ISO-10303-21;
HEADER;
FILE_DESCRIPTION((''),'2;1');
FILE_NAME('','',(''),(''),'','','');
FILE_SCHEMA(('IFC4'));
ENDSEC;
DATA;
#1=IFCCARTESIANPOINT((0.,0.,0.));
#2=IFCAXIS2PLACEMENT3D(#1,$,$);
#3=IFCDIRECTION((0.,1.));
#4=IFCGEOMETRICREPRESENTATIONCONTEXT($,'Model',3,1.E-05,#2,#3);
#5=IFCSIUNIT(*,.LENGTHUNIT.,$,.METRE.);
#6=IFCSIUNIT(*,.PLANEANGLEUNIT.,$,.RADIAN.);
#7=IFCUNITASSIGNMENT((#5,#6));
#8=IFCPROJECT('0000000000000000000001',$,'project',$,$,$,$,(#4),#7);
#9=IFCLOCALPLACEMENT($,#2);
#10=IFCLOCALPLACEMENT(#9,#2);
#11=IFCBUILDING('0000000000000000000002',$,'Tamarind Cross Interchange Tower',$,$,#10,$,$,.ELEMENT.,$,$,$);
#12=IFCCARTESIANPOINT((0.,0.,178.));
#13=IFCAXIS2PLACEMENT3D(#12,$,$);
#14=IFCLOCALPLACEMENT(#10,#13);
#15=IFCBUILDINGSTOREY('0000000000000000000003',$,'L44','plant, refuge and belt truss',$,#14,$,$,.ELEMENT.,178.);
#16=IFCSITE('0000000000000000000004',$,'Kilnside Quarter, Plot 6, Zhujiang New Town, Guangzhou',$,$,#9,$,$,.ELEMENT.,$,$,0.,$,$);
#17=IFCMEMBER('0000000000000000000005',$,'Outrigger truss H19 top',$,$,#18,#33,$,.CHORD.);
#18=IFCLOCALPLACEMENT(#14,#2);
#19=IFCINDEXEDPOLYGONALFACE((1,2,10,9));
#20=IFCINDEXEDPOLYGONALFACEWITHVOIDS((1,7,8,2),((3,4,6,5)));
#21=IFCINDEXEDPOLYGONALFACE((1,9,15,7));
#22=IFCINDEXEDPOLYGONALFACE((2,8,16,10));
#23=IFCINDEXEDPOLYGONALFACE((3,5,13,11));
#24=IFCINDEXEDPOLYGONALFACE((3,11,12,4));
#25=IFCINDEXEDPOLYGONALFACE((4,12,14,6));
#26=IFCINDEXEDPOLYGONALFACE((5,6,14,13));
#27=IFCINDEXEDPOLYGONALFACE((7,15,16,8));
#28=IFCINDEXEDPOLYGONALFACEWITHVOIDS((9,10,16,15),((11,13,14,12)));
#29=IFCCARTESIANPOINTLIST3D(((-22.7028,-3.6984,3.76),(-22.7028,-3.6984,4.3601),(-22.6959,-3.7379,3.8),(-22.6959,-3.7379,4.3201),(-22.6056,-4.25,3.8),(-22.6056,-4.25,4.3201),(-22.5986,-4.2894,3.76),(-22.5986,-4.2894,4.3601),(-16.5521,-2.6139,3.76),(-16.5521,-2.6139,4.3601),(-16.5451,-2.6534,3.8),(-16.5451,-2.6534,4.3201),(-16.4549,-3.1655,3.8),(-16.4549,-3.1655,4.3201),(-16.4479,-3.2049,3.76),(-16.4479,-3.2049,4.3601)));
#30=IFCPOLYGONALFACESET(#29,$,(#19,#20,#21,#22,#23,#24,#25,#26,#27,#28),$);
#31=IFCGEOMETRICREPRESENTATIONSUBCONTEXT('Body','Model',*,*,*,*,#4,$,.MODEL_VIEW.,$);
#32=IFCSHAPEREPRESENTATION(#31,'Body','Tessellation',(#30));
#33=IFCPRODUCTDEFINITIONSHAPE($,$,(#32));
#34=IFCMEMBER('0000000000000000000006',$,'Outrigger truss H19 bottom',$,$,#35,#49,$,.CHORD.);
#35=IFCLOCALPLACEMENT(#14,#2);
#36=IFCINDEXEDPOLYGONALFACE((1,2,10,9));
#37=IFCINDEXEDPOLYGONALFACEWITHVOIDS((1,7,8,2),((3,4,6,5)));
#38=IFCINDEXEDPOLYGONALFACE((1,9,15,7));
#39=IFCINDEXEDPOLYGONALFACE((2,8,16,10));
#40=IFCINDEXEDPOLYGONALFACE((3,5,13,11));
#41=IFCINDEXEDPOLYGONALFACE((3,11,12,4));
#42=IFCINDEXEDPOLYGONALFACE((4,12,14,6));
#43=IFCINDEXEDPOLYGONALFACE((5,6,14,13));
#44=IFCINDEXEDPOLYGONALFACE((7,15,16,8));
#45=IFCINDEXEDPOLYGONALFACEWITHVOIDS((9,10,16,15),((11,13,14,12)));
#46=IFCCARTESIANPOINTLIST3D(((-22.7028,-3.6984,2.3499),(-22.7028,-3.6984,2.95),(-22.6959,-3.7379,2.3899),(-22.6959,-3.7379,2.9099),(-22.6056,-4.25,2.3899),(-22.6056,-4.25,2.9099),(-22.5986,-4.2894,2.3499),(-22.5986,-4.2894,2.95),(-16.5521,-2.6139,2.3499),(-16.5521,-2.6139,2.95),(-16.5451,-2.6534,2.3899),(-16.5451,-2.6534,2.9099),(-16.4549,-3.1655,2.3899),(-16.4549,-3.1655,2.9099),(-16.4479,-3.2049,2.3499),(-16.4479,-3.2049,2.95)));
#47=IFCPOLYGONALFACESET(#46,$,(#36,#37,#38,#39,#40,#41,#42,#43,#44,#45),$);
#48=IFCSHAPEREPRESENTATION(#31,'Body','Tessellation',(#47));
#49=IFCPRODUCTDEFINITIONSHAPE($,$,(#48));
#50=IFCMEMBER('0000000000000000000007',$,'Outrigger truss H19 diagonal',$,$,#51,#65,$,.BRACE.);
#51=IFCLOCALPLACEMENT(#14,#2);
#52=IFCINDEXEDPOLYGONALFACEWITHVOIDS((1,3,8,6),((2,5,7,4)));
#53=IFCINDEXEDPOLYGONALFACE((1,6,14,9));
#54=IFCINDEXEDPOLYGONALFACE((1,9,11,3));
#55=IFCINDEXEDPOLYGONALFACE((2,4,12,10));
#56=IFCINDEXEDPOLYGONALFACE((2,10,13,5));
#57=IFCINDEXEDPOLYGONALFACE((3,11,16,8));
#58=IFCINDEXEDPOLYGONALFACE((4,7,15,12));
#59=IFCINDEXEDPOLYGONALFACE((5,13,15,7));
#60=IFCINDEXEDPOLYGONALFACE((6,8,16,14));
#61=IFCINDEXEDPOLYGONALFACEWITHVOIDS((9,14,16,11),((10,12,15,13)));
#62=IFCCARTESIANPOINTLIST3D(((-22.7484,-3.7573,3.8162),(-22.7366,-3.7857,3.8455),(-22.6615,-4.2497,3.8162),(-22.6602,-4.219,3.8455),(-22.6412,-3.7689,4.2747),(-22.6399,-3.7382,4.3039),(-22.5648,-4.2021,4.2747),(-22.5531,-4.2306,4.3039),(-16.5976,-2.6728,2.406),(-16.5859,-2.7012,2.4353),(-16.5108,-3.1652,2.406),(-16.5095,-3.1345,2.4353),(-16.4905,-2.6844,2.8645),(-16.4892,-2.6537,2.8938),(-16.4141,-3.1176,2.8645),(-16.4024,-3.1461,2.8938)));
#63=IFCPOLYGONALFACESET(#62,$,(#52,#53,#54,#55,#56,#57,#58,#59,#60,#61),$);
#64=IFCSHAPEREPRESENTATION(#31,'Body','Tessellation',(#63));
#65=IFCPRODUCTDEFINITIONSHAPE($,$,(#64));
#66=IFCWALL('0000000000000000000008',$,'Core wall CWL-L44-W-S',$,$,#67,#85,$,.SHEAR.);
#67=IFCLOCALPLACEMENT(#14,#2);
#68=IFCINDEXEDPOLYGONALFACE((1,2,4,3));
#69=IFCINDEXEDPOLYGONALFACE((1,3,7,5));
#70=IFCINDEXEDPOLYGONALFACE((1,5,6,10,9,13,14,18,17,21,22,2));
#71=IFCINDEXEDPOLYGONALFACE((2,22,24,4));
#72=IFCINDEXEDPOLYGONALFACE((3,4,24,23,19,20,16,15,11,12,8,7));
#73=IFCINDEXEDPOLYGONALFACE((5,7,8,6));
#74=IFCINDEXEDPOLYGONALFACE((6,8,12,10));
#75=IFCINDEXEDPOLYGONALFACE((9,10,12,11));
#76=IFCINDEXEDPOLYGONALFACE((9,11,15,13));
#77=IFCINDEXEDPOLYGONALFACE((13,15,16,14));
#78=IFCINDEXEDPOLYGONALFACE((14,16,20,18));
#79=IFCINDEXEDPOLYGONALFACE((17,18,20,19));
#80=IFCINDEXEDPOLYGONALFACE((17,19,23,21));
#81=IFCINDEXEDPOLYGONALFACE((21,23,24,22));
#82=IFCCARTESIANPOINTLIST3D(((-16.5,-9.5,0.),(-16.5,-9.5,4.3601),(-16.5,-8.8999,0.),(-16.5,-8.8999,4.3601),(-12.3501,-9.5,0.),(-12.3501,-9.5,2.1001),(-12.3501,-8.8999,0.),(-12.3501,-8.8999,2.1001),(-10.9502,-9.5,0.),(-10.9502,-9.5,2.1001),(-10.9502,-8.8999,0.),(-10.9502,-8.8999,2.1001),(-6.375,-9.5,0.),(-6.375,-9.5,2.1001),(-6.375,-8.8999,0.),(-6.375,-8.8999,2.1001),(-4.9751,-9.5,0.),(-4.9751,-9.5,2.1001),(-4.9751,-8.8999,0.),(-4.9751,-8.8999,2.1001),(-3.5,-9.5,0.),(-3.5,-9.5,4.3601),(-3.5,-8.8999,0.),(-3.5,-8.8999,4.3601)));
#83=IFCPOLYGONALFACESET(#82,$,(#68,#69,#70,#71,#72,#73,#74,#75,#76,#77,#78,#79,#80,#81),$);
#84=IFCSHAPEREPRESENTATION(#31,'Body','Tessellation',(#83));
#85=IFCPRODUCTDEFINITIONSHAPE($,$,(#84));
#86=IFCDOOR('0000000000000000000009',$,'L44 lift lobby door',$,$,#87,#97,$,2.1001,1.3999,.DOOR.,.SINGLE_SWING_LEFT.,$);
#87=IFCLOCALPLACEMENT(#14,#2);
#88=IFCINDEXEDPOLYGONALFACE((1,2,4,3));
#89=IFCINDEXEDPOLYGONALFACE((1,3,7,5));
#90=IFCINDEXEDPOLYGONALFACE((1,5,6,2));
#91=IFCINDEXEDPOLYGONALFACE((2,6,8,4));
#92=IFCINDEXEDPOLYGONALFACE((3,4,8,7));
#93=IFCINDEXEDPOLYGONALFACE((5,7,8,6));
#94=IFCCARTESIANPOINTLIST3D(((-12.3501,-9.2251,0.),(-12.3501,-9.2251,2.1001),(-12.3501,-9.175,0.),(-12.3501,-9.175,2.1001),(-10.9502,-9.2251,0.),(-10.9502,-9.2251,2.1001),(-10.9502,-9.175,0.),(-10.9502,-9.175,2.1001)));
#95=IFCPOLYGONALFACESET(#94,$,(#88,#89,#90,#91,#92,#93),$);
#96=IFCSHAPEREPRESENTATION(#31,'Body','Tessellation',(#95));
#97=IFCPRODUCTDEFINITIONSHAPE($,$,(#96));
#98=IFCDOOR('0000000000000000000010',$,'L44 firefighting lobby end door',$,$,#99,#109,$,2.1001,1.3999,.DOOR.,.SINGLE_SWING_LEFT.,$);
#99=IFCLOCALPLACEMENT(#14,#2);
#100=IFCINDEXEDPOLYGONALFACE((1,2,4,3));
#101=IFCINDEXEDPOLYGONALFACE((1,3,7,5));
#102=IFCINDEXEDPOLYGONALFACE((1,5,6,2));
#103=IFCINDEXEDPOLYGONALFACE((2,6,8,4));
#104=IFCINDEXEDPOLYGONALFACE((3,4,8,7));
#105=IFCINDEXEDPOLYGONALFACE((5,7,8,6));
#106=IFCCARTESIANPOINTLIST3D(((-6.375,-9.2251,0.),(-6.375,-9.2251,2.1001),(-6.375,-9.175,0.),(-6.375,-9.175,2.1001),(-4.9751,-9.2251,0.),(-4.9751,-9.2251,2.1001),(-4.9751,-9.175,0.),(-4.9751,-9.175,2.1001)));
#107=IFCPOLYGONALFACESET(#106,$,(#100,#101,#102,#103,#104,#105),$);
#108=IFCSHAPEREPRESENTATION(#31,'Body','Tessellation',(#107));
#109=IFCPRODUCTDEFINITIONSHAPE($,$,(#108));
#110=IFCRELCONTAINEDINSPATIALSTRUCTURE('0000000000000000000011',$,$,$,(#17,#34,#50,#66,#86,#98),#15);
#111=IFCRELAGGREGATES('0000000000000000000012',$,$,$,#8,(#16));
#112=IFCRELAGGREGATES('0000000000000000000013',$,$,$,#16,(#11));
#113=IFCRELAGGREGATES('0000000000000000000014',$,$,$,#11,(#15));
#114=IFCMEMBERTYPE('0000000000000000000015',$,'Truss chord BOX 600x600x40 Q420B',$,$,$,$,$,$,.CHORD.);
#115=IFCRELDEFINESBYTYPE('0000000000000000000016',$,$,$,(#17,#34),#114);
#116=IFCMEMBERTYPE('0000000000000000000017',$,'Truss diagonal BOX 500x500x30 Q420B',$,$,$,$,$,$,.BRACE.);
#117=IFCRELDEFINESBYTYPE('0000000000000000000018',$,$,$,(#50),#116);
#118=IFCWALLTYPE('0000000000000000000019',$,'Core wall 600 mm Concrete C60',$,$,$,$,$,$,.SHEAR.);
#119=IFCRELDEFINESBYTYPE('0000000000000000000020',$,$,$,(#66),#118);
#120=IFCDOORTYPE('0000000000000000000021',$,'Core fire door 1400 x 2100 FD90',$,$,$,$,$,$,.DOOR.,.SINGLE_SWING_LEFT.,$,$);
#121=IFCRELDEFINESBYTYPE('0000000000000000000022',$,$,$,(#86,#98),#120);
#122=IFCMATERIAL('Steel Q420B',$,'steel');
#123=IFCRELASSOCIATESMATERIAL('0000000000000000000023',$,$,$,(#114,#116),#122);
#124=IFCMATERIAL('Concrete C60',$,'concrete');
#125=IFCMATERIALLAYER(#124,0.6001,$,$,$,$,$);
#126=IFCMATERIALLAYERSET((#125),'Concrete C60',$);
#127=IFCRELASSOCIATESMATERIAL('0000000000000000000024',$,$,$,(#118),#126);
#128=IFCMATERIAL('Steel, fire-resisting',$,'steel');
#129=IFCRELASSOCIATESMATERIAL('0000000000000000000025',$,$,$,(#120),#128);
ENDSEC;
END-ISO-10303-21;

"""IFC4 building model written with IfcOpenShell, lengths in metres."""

from ifc_helpers import new_model, si_unit, direction, frame, frame_2d, origin, origin_2d, place, context, subcontext, project, spatial, rectangle, hollow_rectangle, extrude, material, layer, layer_set, material_profile, profile_set, type_object, element, fill, save


model = new_model("IFC4")

# Units and contexts
model_context = context("Model", 3, precision=1e-05, world=origin(), true_north=direction((0.0, 1.0)))
body_context = subcontext(model_context, "Body", "Model", "MODEL_VIEW")
ifc_project = project(units=[si_unit("LENGTHUNIT", "METRE"), si_unit("PLANEANGLEUNIT", "RADIAN")], contexts=[model_context])

# Site, building, storey
site_placement = place(None, origin())
site = spatial("IfcSite", under=ifc_project, at=site_placement, Name="Kilnside Quarter, Plot 6, Zhujiang New Town, Guangzhou", CompositionType="ELEMENT", RefElevation=0.0)
building_placement = place(site_placement, origin())
building = spatial("IfcBuilding", under=site, at=building_placement, Name="Tamarind Cross Interchange Tower", CompositionType="ELEMENT")
storey_placement = place(building_placement, frame((0.0, 0.0, 178.0)))
storey = spatial("IfcBuildingStorey", under=building, at=storey_placement, Name="L44", Description="plant, refuge and belt truss", CompositionType="ELEMENT", Elevation=178.0)

# Members
ifc_material_1 = material(Name="Steel Q420B", Category="steel")
ifc_material_profile_1 = material_profile(ifc_material_1, hollow_rectangle(XDim=0.6001, YDim=0.6001, WallThickness=0.04, at=origin_2d()), Name="BOX 600x600x40")
ifc_profile_set_1 = profile_set([ifc_material_profile_1], Name="Steel Q420B")
member_type_1 = type_object("IfcMemberType", Name="Truss chord BOX 600x600x40 Q420B", PredefinedType="CHORD", material=ifc_profile_set_1)
for number, where, z_axis, x_axis, name in (
    (1, (-16.5, -2.9094, 4.0601), (-0.984809, -0.17364, 0.0), (0.17364, -0.984809, 0.0), "Outrigger truss H19 top"),
    (2, (-16.5, -2.9094, 2.6499), (-0.984809, -0.17364, 0.0), (0.17364, -0.984809, 0.0), "Outrigger truss H19 bottom"),
):
    element("IfcMember", number, at=place(storey_placement, frame(where, z_axis=z_axis, x_axis=x_axis)), inside=storey, type_object=member_type_1, Name=name, PredefinedType="CHORD", context=body_context, shape_type="SweptSolid", body=[
        extrude(hollow_rectangle(XDim=0.6001, YDim=0.6001, WallThickness=0.04, at=origin_2d()), origin(), (0.0, 0.0, 1.0), 6.2456),
    ])
ifc_material_profile_2 = material_profile(ifc_material_1, hollow_rectangle(XDim=0.5, YDim=0.5, WallThickness=0.03, at=origin_2d()), Name="BOX 500x500x30")
ifc_profile_set_2 = profile_set([ifc_material_profile_2], Name="Steel Q420B")
member_type_2 = type_object("IfcMemberType", Name="Truss diagonal BOX 500x500x30 Q420B", PredefinedType="BRACE", material=ifc_profile_set_2)
member_placement = place(storey_placement, frame((-16.5, -2.9094, 2.6499), z_axis=(-0.960627, -0.169377, 0.220243), x_axis=(0.17364, -0.984809, 0.0)))
element("IfcMember", 3, at=member_placement, inside=storey, type_object=member_type_2, Name="Outrigger truss H19 diagonal", PredefinedType="BRACE", context=body_context, shape_type="SweptSolid", body=[
    extrude(hollow_rectangle(XDim=0.5, YDim=0.5, WallThickness=0.03, at=origin_2d()), origin(), (0.0, 0.0, 1.0), 6.4028),
])

# Wall, openings, doors
ifc_material_2 = material(Name="Concrete C60", Category="concrete")
ifc_layer_1 = layer(ifc_material_2, 0.6001)
ifc_layer_set_1 = layer_set([ifc_layer_1], Name="Concrete C60")
wall_type_1 = type_object("IfcWallType", Name="Core wall 600 mm Concrete C60", PredefinedType="SHEAR", material=ifc_layer_set_1)
wall_1_placement = place(storey_placement, frame((-16.5, -9.2, 0.0), z_axis=(0.0, 0.0, 1.0), x_axis=(1.0, 0.0, 0.0)))
wall_1 = element("IfcWall", 4, at=wall_1_placement, inside=storey, type_object=wall_type_1, Name="Core wall CWL-L44-W-S", PredefinedType="SHEAR", context=body_context, shape_type="SweptSolid", body=[
    extrude(rectangle(XDim=13.0, YDim=0.6001, at=frame_2d((6.5, 0.0))), origin(), (0.0, 0.0, 1.0), 4.3601),
])
opening_1_placement = place(wall_1_placement, frame((4.1499, 0.0, 0.0)))
opening_1 = element("IfcOpeningElement", 5, at=opening_1_placement, cuts=wall_1, PredefinedType="OPENING", context=body_context, shape_type="SweptSolid", body=[
    extrude(rectangle(XDim=1.3999, YDim=2.1001, at=frame_2d((0.7, 1.05))), frame((0.0, 0.3101, 0.0), z_axis=(0.0, -1.0, 0.0), x_axis=(1.0, 0.0, 0.0)), (0.0, 0.0, 1.0), 0.6201),
])
opening_2_placement = place(wall_1_placement, frame((10.125, 0.0, 0.0)))
opening_2 = element("IfcOpeningElement", 6, at=opening_2_placement, cuts=wall_1, PredefinedType="OPENING", context=body_context, shape_type="SweptSolid", body=[
    extrude(rectangle(XDim=1.3999, YDim=2.1001, at=frame_2d((0.7, 1.05))), frame((0.0, 0.3101, 0.0), z_axis=(0.0, -1.0, 0.0), x_axis=(1.0, 0.0, 0.0)), (0.0, 0.0, 1.0), 0.6201),
])
ifc_material_3 = material(Name="Steel, fire-resisting", Category="steel")
door_type_1 = type_object("IfcDoorType", Name="Core fire door 1400 x 2100 FD90", OperationType="SINGLE_SWING_LEFT", PredefinedType="DOOR", material=ifc_material_3)
door_1_placement = place(opening_1_placement, origin())
door_1 = element("IfcDoor", 7, at=door_1_placement, inside=storey, type_object=door_type_1, Name="L44 lift lobby door", OperationType="SINGLE_SWING_LEFT", OverallHeight=2.1001, OverallWidth=1.3999, PredefinedType="DOOR", context=body_context, shape_type="SweptSolid", body=[
    extrude(rectangle(XDim=1.3999, YDim=2.1001, at=frame_2d((0.7, 1.05))), frame((0.0, 0.0249, 0.0), z_axis=(0.0, -1.0, 0.0), x_axis=(1.0, 0.0, 0.0)), (0.0, 0.0, 1.0), 0.05),
])
fill(opening_1, door_1)
door_2_placement = place(opening_2_placement, origin())
door_2 = element("IfcDoor", 8, at=door_2_placement, inside=storey, type_object=door_type_1, Name="L44 firefighting lobby end door", OperationType="SINGLE_SWING_LEFT", OverallHeight=2.1001, OverallWidth=1.3999, PredefinedType="DOOR", context=body_context, shape_type="SweptSolid", body=[
    extrude(rectangle(XDim=1.3999, YDim=2.1001, at=frame_2d((0.7, 1.05))), frame((0.0, 0.0249, 0.0), z_axis=(0.0, -1.0, 0.0), x_axis=(1.0, 0.0, 0.0)), (0.0, 0.0, 1.0), 0.05),
])
fill(opening_2, door_2)

save(model, "model.ifc")
